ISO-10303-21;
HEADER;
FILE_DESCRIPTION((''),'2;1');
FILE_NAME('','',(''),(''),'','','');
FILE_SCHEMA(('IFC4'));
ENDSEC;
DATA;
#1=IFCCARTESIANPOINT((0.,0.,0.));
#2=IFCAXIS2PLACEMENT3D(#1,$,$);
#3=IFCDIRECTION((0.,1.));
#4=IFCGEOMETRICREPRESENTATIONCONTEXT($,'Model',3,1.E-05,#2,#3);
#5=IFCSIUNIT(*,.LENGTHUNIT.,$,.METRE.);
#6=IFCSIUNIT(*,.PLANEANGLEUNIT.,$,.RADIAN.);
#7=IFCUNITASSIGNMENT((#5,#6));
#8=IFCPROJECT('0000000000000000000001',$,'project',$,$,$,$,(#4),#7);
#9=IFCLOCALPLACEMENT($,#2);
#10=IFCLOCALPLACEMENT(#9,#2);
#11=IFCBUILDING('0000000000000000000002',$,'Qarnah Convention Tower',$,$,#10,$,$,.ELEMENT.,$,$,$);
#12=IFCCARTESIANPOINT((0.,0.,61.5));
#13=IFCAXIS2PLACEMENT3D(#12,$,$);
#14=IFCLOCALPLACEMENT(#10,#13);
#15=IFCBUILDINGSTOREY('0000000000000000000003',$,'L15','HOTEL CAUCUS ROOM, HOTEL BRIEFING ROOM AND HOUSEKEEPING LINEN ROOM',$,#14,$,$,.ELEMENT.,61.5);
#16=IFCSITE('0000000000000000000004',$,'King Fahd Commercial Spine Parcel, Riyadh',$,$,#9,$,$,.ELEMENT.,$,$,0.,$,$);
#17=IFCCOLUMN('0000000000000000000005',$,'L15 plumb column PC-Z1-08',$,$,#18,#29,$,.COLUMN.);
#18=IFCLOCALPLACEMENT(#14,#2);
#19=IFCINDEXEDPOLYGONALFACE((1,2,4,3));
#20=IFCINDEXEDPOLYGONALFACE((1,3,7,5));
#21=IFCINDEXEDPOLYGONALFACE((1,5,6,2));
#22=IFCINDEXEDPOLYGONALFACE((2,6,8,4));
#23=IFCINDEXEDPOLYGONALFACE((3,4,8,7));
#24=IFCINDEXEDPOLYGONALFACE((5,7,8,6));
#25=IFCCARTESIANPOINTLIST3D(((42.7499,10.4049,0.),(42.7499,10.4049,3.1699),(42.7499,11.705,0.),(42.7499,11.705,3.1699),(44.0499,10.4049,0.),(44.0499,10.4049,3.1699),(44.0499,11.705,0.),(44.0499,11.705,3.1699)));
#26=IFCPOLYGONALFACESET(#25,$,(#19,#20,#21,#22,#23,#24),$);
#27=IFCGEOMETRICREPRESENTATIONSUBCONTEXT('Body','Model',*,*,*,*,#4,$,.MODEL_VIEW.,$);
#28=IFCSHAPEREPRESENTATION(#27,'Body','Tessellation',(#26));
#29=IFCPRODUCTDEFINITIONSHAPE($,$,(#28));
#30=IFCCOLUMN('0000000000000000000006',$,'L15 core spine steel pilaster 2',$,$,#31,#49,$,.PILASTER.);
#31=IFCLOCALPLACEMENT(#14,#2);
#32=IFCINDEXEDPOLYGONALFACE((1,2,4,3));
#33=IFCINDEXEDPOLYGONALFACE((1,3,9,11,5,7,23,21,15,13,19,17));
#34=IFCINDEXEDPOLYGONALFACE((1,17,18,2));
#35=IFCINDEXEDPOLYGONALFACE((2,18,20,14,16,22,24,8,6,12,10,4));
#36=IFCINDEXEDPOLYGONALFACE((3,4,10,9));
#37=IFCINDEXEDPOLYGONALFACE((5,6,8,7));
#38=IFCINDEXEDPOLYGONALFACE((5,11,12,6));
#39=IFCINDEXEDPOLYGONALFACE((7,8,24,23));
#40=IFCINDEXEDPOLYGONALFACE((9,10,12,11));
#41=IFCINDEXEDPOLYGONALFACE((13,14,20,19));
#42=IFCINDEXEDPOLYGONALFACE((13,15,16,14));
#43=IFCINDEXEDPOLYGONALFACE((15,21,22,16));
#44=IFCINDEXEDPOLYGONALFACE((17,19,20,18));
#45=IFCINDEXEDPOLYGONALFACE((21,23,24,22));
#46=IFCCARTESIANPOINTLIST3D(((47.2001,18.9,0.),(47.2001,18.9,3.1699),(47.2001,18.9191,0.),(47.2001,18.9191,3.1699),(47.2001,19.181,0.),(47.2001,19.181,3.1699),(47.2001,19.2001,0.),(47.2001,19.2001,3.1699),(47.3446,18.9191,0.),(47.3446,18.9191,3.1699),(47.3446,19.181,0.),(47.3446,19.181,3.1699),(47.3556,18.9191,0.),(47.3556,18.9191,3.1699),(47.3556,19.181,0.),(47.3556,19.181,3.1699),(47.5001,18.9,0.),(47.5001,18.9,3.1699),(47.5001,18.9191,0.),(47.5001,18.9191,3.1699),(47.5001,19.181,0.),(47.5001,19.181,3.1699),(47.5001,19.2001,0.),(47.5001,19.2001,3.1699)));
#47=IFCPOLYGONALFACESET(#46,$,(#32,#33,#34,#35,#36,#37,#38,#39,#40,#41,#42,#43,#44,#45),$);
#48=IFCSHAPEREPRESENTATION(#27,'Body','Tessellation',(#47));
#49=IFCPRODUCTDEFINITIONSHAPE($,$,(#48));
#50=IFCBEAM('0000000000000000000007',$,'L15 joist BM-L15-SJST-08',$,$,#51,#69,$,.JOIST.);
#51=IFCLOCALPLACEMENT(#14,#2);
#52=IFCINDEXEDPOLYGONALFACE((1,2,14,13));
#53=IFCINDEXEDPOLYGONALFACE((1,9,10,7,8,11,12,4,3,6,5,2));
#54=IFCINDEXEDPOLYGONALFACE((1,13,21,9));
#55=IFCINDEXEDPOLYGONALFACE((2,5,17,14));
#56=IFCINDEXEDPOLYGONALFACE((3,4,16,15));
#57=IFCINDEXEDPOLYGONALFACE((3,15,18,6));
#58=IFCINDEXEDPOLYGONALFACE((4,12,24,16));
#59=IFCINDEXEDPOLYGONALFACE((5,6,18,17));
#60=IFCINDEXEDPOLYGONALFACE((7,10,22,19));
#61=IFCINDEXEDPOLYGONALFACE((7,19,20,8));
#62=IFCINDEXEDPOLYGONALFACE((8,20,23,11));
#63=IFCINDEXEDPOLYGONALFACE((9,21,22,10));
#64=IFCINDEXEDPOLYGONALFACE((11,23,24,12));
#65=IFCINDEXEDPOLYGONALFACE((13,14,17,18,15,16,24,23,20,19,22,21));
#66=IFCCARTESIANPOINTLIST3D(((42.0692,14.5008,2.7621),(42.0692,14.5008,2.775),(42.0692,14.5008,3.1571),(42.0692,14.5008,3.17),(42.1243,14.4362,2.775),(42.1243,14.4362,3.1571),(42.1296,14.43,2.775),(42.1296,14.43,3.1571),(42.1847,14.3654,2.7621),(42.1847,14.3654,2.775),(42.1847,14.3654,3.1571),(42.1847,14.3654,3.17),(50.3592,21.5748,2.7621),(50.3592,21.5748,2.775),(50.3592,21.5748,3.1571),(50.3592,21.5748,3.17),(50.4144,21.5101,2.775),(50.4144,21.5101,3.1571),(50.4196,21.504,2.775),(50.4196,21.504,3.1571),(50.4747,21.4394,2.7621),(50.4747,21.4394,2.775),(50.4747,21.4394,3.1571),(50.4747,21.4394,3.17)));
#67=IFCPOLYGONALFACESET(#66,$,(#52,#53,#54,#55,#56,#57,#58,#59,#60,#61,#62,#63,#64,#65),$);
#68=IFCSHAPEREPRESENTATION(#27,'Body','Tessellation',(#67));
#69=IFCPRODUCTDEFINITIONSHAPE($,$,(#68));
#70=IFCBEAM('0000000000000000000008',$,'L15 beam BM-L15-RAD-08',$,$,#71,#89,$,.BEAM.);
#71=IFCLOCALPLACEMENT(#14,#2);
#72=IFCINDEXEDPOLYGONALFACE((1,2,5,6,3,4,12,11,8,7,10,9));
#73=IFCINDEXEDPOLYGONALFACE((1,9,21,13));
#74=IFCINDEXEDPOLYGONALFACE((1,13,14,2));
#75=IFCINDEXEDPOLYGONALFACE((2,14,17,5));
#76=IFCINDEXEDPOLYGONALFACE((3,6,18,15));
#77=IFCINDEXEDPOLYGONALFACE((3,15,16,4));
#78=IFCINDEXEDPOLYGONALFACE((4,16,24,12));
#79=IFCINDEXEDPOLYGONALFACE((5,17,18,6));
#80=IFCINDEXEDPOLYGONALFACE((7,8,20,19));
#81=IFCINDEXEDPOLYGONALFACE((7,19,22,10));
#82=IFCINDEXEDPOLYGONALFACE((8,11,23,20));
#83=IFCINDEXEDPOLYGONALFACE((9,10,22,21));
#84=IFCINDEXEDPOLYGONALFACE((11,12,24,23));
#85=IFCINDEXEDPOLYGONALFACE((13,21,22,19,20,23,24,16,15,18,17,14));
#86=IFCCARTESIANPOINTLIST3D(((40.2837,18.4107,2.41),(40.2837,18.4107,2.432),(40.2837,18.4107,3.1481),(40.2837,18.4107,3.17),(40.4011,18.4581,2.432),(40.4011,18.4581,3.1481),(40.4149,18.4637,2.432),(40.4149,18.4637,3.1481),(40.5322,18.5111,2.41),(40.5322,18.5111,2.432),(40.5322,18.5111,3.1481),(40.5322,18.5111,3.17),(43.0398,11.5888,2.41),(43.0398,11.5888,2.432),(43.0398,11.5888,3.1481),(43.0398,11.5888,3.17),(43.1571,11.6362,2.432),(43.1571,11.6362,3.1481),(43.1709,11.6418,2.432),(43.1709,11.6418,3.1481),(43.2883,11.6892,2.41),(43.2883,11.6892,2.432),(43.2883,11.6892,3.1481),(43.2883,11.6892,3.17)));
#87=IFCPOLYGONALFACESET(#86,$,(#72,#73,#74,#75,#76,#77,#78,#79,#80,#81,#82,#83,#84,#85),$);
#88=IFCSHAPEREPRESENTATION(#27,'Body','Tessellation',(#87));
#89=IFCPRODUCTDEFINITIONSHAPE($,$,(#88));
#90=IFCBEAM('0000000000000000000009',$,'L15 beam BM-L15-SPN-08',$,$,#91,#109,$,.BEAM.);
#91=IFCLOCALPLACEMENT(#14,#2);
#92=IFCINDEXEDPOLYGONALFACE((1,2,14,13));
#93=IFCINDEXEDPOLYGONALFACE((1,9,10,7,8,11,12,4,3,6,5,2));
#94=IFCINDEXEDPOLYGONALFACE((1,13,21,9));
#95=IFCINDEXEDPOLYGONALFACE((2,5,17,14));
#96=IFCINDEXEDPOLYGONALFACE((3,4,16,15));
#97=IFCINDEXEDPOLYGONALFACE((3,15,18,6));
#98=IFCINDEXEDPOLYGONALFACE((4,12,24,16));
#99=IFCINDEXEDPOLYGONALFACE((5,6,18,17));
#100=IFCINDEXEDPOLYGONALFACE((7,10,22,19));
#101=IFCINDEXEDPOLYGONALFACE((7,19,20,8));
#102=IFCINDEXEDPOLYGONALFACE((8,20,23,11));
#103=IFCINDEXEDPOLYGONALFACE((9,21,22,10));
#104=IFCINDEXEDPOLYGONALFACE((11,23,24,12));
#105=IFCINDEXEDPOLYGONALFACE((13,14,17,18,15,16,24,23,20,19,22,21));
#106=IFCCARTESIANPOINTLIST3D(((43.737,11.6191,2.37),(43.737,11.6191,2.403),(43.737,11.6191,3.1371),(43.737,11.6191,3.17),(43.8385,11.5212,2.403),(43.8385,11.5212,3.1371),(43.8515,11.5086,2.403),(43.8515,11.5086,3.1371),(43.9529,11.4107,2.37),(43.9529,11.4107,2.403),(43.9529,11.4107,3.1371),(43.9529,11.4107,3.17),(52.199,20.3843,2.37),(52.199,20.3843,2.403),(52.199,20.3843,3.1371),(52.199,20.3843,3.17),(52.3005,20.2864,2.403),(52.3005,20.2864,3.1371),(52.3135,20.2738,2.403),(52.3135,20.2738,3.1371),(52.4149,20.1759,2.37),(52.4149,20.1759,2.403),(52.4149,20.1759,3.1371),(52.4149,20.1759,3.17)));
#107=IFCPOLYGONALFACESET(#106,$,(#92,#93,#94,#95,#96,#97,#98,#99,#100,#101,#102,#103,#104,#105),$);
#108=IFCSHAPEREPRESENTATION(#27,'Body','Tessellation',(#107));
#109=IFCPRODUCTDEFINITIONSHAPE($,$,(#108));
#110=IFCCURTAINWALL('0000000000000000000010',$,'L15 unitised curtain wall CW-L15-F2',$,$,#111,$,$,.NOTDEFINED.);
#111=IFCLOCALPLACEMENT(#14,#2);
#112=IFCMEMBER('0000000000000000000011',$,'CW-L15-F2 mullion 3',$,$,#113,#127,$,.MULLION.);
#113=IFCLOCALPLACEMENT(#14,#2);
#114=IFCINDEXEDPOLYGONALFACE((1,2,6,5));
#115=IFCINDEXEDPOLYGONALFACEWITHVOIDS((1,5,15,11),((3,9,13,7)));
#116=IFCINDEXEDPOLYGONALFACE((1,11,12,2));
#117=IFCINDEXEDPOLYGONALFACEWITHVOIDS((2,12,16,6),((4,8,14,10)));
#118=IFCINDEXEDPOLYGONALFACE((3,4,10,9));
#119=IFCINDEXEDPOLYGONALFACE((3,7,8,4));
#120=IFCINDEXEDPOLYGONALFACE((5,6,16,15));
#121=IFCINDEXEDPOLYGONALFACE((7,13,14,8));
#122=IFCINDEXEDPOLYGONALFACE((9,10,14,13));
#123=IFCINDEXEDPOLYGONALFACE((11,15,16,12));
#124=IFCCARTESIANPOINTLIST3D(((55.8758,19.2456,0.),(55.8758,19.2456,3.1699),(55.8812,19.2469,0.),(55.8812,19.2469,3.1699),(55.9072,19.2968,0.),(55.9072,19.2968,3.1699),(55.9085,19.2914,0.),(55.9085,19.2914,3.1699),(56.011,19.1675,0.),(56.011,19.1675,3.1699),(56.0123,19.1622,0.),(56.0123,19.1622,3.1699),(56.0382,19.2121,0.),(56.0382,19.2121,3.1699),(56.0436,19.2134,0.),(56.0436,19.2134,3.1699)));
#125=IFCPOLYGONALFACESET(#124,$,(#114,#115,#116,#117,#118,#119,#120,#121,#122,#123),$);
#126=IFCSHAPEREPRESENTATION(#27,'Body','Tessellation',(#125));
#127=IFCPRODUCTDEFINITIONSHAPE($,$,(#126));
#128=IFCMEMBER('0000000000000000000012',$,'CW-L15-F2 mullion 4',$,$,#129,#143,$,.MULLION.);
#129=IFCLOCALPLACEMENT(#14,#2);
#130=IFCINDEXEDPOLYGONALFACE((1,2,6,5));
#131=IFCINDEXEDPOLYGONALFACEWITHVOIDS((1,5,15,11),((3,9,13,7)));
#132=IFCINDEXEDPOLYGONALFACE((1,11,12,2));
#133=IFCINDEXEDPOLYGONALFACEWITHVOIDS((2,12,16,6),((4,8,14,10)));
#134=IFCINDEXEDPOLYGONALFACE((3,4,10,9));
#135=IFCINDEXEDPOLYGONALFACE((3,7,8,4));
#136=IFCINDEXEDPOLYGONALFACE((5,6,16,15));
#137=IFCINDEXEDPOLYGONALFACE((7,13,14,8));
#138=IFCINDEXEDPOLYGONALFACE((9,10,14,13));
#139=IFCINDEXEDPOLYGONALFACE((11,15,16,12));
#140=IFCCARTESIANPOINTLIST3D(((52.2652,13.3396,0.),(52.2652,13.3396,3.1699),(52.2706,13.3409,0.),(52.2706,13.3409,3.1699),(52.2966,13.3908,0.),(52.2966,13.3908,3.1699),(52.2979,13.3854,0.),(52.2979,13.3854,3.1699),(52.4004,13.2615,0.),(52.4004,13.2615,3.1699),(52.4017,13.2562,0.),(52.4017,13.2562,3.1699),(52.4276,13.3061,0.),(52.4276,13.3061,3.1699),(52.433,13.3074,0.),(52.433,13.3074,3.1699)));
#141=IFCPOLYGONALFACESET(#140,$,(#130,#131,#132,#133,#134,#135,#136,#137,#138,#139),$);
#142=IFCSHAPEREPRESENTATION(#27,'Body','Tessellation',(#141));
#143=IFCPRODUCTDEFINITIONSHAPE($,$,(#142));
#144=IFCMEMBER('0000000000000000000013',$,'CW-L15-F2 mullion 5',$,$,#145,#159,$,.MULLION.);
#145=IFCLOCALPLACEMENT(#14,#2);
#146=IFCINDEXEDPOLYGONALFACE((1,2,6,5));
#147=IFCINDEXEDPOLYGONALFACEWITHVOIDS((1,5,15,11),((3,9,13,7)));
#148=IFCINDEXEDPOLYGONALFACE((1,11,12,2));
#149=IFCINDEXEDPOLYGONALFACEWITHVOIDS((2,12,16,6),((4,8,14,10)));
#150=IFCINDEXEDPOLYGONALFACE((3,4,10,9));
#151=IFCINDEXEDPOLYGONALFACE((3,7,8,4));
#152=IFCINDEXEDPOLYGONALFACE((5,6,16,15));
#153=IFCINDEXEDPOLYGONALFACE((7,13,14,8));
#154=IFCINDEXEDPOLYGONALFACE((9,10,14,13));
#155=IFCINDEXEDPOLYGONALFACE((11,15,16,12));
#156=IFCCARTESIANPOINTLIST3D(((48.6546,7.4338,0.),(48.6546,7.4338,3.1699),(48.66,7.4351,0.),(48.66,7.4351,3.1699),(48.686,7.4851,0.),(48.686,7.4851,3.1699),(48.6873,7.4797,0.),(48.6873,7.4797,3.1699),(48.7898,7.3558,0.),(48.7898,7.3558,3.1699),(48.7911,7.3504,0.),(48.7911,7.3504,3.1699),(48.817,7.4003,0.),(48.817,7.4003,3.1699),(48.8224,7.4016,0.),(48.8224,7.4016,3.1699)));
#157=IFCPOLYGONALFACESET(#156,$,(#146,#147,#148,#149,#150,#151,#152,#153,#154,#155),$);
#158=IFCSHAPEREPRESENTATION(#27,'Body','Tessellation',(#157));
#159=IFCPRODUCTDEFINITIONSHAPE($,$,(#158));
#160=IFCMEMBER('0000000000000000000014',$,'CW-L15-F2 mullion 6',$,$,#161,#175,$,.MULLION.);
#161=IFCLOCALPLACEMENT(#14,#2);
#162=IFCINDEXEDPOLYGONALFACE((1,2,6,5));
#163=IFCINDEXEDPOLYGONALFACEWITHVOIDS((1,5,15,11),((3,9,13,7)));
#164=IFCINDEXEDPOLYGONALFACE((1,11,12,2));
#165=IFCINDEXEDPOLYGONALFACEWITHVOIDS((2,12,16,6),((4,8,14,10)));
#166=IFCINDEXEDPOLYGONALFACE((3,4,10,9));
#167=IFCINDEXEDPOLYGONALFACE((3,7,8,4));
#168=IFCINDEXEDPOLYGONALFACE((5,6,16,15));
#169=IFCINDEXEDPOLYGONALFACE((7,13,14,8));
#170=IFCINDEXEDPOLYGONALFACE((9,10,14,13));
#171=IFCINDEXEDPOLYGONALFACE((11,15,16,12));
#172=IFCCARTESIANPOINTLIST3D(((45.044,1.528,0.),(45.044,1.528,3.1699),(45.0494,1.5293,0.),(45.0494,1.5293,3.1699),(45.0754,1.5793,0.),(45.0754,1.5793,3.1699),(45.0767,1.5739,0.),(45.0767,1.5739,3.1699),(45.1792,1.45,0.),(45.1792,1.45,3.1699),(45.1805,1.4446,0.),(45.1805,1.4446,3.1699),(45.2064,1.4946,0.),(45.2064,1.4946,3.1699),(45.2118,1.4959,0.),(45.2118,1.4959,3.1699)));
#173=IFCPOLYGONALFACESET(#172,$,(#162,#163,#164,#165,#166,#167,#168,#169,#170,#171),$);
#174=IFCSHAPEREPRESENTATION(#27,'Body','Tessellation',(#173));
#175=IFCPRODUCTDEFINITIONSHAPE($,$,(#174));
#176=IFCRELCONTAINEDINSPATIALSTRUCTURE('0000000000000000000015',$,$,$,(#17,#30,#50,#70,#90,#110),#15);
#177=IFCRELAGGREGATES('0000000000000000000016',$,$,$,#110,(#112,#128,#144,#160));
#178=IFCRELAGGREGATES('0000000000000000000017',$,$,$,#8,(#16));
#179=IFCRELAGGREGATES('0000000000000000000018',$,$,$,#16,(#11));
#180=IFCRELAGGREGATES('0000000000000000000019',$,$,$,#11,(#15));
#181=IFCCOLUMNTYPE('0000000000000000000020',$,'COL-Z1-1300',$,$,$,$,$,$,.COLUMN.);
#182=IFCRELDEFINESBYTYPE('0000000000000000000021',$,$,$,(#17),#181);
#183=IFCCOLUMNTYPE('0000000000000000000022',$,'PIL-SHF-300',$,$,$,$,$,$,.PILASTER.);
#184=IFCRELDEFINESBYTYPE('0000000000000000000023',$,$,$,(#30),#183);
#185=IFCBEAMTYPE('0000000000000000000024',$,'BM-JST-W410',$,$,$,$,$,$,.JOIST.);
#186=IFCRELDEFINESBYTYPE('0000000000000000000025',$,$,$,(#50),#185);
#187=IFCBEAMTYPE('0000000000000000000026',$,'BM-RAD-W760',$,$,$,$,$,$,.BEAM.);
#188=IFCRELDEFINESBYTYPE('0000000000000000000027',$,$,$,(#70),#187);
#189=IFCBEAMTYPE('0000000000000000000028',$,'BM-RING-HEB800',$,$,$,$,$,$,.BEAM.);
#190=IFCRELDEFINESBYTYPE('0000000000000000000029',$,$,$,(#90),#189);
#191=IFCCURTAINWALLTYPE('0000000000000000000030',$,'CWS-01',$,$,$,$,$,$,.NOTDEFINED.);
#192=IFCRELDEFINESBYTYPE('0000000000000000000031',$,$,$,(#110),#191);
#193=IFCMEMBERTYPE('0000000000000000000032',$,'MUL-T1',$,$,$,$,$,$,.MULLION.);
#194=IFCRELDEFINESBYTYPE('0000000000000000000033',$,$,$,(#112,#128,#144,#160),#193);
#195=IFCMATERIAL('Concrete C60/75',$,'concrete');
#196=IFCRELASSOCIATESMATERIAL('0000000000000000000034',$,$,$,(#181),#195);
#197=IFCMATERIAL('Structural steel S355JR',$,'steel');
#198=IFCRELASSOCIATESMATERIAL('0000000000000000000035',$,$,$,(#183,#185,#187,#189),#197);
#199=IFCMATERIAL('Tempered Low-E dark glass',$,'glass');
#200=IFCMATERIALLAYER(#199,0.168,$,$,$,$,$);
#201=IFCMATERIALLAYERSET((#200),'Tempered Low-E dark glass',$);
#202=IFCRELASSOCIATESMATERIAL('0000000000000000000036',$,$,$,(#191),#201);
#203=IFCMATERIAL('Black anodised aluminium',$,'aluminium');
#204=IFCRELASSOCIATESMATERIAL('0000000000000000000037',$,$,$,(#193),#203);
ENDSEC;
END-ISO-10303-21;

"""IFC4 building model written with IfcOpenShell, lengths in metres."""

from ifc_helpers import new_model, si_unit, direction, frame, origin, origin_2d, place, context, subcontext, project, spatial, rectangle, hollow_rectangle, i_section, extrude, material, layer, layer_set, material_profile, profile_set, type_object, element, aggregate, save


model = new_model("IFC4")

# Units and contexts
model_context = context("Model", 3, precision=1e-05, world=origin(), true_north=direction((0.0, 1.0)))
body_context = subcontext(model_context, "Body", "Model", "MODEL_VIEW")
ifc_project = project(units=[si_unit("LENGTHUNIT", "METRE"), si_unit("PLANEANGLEUNIT", "RADIAN")], contexts=[model_context])

# Site, building, storey
site_placement = place(None, origin())
site = spatial("IfcSite", under=ifc_project, at=site_placement, Name="King Fahd Commercial Spine Parcel, Riyadh", CompositionType="ELEMENT", RefElevation=0.0)
building_placement = place(site_placement, origin())
building = spatial("IfcBuilding", under=site, at=building_placement, Name="Qarnah Convention Tower", CompositionType="ELEMENT")
storey_placement = place(building_placement, frame((0.0, 0.0, 61.5)))
storey = spatial("IfcBuildingStorey", under=building, at=storey_placement, Name="L15", Description="HOTEL CAUCUS ROOM, HOTEL BRIEFING ROOM AND HOUSEKEEPING LINEN ROOM", CompositionType="ELEMENT", Elevation=61.5)

# Columns
ifc_material_1 = material(Name="Concrete C60/75", Category="concrete")
ifc_material_profile_1 = material_profile(ifc_material_1, rectangle(XDim=1.3, YDim=1.3, at=origin_2d()), Name="RC-COL-1300X1300")
ifc_profile_set_1 = profile_set([ifc_material_profile_1], Name="Concrete C60/75")
column_type_1 = type_object("IfcColumnType", Name="COL-Z1-1300", PredefinedType="COLUMN", material=ifc_profile_set_1)
column_1_placement = place(storey_placement, frame((43.3999, 11.0549, 0.0), z_axis=(0.0, 0.0, 1.0), x_axis=(1.0, 0.0, 0.0)))
element("IfcColumn", 1, at=column_1_placement, inside=storey, type_object=column_type_1, Name="L15 plumb column PC-Z1-08", PredefinedType="COLUMN", context=body_context, shape_type="SweptSolid", body=[
    extrude(rectangle(XDim=1.3, YDim=1.3, at=origin_2d()), origin(), (0.0, 0.0, 1.0), 3.1699),
])
ifc_material_2 = material(Name="Structural steel S355JR", Category="steel")
ifc_material_profile_2 = material_profile(ifc_material_2, i_section(OverallWidth=0.3, OverallDepth=0.3, WebThickness=0.011, FlangeThickness=0.019, at=origin_2d()), Name="HEB300")
ifc_profile_set_2 = profile_set([ifc_material_profile_2], Name="Structural steel S355JR")
column_type_2 = type_object("IfcColumnType", Name="PIL-SHF-300", PredefinedType="PILASTER", material=ifc_profile_set_2)
column_2_placement = place(storey_placement, frame((47.3501, 19.05, 0.0), z_axis=(0.0, 0.0, 1.0), x_axis=(1.0, 0.0, 0.0)))
element("IfcColumn", 2, at=column_2_placement, inside=storey, type_object=column_type_2, Name="L15 core spine steel pilaster 2", PredefinedType="PILASTER", context=body_context, shape_type="SweptSolid", body=[
    extrude(i_section(OverallWidth=0.3, OverallDepth=0.3, WebThickness=0.011, FlangeThickness=0.019, at=origin_2d()), origin(), (0.0, 0.0, 1.0), 3.1699),
])

# Beams
ifc_material_profile_3 = material_profile(ifc_material_2, i_section(OverallWidth=0.178, OverallDepth=0.408, WebThickness=0.0081, FlangeThickness=0.0129, at=origin_2d()), Name="W410X60")
ifc_profile_set_3 = profile_set([ifc_material_profile_3], Name="Structural steel S355JR")
beam_type_1 = type_object("IfcBeamType", Name="BM-JST-W410", PredefinedType="JOIST", material=ifc_profile_set_3)
beam_1_placement = place(storey_placement, frame((42.127, 14.4331, 2.9661), z_axis=(0.760695, 0.649109, 0.0), x_axis=(-0.649109, 0.760695, 0.0)))
element("IfcBeam", 3, at=beam_1_placement, inside=storey, type_object=beam_type_1, Name="L15 joist BM-L15-SJST-08", PredefinedType="JOIST", context=body_context, shape_type="SweptSolid", body=[
    extrude(i_section(OverallWidth=0.178, OverallDepth=0.408, WebThickness=0.0081, FlangeThickness=0.0129, at=origin_2d()), origin(), (0.0, 0.0, 1.0), 10.8979),
])
ifc_material_profile_4 = material_profile(ifc_material_2, i_section(OverallWidth=0.2681, OverallDepth=0.76, WebThickness=0.0149, FlangeThickness=0.022, at=origin_2d()), Name="W760X185")
ifc_profile_set_4 = profile_set([ifc_material_profile_4], Name="Structural steel S355JR")
beam_type_2 = type_object("IfcBeamType", Name="BM-RAD-W760", PredefinedType="BEAM", material=ifc_profile_set_4)
beam_2_placement = place(storey_placement, frame((40.408, 18.4609, 2.79), z_axis=(0.374586, -0.927192, 0.0), x_axis=(0.927192, 0.374586, 0.0)))
element("IfcBeam", 4, at=beam_2_placement, inside=storey, type_object=beam_type_2, Name="L15 beam BM-L15-RAD-08", PredefinedType="BEAM", context=body_context, shape_type="SweptSolid", body=[
    extrude(i_section(OverallWidth=0.2681, OverallDepth=0.76, WebThickness=0.0149, FlangeThickness=0.022, at=origin_2d()), origin(), (0.0, 0.0, 1.0), 7.3577),
])
ifc_material_profile_5 = material_profile(ifc_material_2, i_section(OverallWidth=0.3, OverallDepth=0.8, WebThickness=0.0181, FlangeThickness=0.033, at=origin_2d()), Name="HEB800")
ifc_profile_set_5 = profile_set([ifc_material_profile_5], Name="Structural steel S355JR")
beam_type_3 = type_object("IfcBeamType", Name="BM-RING-HEB800", PredefinedType="BEAM", material=ifc_profile_set_5)
beam_3_placement = place(storey_placement, frame((43.845, 11.5149, 2.77), z_axis=(0.694553, 0.719442, 0.0), x_axis=(-0.719442, 0.694553, 0.0)))
element("IfcBeam", 5, at=beam_3_placement, inside=storey, type_object=beam_type_3, Name="L15 beam BM-L15-SPN-08", PredefinedType="BEAM", context=body_context, shape_type="SweptSolid", body=[
    extrude(i_section(OverallWidth=0.3, OverallDepth=0.8, WebThickness=0.0181, FlangeThickness=0.033, at=origin_2d()), origin(), (0.0, 0.0, 1.0), 12.1833),
])

# Curtain wall, members
ifc_material_3 = material(Name="Tempered Low-E dark glass", Category="glass")
ifc_layer_1 = layer(ifc_material_3, 0.168)
ifc_layer_set_1 = layer_set([ifc_layer_1], Name="Tempered Low-E dark glass")
curtain_wall_type = type_object("IfcCurtainWallType", Name="CWS-01", PredefinedType="NOTDEFINED", material=ifc_layer_set_1)
curtain_wall_1_placement = place(storey_placement, origin())
curtain_wall_1 = element("IfcCurtainWall", 6, at=curtain_wall_1_placement, inside=storey, type_object=curtain_wall_type, Name="L15 unitised curtain wall CW-L15-F2", PredefinedType="NOTDEFINED")
ifc_material_4 = material(Name="Black anodised aluminium", Category="aluminium")
ifc_material_profile_6 = material_profile(ifc_material_4, hollow_rectangle(XDim=0.0601, YDim=0.1599, WallThickness=0.0039, at=origin_2d()), Name="MUL-60X160")
ifc_profile_set_6 = profile_set([ifc_material_profile_6], Name="Black anodised aluminium")
member_type_1 = type_object("IfcMemberType", Name="MUL-T1", PredefinedType="MULLION", material=ifc_profile_set_6)
member_1_placement = place(storey_placement, frame((55.9597, 19.2295, 0.0), z_axis=(0.0, 0.0, 1.0), x_axis=(-0.521608, -0.853185, 0.0)))
member_1 = element("IfcMember", 7, at=member_1_placement, type_object=member_type_1, Name="CW-L15-F2 mullion 3", PredefinedType="MULLION", context=body_context, shape_type="SweptSolid", body=[
    extrude(hollow_rectangle(XDim=0.0601, YDim=0.1599, WallThickness=0.0039, at=origin_2d()), origin(), (0.0, 0.0, 1.0), 3.1699),
])
member_2_placement = place(storey_placement, frame((52.3491, 13.3235, 0.0), z_axis=(0.0, 0.0, 1.0), x_axis=(-0.521608, -0.853185, 0.0)))
member_2 = element("IfcMember", 8, at=member_2_placement, type_object=member_type_1, Name="CW-L15-F2 mullion 4", PredefinedType="MULLION", context=body_context, shape_type="SweptSolid", body=[
    extrude(hollow_rectangle(XDim=0.0601, YDim=0.1599, WallThickness=0.0039, at=origin_2d()), origin(), (0.0, 0.0, 1.0), 3.1699),
])
member_3_placement = place(storey_placement, frame((48.7385, 7.4177, 0.0), z_axis=(0.0, 0.0, 1.0), x_axis=(-0.521608, -0.853185, 0.0)))
member_3 = element("IfcMember", 9, at=member_3_placement, type_object=member_type_1, Name="CW-L15-F2 mullion 5", PredefinedType="MULLION", context=body_context, shape_type="SweptSolid", body=[
    extrude(hollow_rectangle(XDim=0.0601, YDim=0.1599, WallThickness=0.0039, at=origin_2d()), origin(), (0.0, 0.0, 1.0), 3.1699),
])
member_4_placement = place(storey_placement, frame((45.1279, 1.512, 0.0), z_axis=(0.0, 0.0, 1.0), x_axis=(-0.521608, -0.853185, 0.0)))
member_4 = element("IfcMember", 10, at=member_4_placement, type_object=member_type_1, Name="CW-L15-F2 mullion 6", PredefinedType="MULLION", context=body_context, shape_type="SweptSolid", body=[
    extrude(hollow_rectangle(XDim=0.0601, YDim=0.1599, WallThickness=0.0039, at=origin_2d()), origin(), (0.0, 0.0, 1.0), 3.1699),
])

aggregate(curtain_wall_1, [member_1, member_2, member_3, member_4])

save(model, "model.ifc")
